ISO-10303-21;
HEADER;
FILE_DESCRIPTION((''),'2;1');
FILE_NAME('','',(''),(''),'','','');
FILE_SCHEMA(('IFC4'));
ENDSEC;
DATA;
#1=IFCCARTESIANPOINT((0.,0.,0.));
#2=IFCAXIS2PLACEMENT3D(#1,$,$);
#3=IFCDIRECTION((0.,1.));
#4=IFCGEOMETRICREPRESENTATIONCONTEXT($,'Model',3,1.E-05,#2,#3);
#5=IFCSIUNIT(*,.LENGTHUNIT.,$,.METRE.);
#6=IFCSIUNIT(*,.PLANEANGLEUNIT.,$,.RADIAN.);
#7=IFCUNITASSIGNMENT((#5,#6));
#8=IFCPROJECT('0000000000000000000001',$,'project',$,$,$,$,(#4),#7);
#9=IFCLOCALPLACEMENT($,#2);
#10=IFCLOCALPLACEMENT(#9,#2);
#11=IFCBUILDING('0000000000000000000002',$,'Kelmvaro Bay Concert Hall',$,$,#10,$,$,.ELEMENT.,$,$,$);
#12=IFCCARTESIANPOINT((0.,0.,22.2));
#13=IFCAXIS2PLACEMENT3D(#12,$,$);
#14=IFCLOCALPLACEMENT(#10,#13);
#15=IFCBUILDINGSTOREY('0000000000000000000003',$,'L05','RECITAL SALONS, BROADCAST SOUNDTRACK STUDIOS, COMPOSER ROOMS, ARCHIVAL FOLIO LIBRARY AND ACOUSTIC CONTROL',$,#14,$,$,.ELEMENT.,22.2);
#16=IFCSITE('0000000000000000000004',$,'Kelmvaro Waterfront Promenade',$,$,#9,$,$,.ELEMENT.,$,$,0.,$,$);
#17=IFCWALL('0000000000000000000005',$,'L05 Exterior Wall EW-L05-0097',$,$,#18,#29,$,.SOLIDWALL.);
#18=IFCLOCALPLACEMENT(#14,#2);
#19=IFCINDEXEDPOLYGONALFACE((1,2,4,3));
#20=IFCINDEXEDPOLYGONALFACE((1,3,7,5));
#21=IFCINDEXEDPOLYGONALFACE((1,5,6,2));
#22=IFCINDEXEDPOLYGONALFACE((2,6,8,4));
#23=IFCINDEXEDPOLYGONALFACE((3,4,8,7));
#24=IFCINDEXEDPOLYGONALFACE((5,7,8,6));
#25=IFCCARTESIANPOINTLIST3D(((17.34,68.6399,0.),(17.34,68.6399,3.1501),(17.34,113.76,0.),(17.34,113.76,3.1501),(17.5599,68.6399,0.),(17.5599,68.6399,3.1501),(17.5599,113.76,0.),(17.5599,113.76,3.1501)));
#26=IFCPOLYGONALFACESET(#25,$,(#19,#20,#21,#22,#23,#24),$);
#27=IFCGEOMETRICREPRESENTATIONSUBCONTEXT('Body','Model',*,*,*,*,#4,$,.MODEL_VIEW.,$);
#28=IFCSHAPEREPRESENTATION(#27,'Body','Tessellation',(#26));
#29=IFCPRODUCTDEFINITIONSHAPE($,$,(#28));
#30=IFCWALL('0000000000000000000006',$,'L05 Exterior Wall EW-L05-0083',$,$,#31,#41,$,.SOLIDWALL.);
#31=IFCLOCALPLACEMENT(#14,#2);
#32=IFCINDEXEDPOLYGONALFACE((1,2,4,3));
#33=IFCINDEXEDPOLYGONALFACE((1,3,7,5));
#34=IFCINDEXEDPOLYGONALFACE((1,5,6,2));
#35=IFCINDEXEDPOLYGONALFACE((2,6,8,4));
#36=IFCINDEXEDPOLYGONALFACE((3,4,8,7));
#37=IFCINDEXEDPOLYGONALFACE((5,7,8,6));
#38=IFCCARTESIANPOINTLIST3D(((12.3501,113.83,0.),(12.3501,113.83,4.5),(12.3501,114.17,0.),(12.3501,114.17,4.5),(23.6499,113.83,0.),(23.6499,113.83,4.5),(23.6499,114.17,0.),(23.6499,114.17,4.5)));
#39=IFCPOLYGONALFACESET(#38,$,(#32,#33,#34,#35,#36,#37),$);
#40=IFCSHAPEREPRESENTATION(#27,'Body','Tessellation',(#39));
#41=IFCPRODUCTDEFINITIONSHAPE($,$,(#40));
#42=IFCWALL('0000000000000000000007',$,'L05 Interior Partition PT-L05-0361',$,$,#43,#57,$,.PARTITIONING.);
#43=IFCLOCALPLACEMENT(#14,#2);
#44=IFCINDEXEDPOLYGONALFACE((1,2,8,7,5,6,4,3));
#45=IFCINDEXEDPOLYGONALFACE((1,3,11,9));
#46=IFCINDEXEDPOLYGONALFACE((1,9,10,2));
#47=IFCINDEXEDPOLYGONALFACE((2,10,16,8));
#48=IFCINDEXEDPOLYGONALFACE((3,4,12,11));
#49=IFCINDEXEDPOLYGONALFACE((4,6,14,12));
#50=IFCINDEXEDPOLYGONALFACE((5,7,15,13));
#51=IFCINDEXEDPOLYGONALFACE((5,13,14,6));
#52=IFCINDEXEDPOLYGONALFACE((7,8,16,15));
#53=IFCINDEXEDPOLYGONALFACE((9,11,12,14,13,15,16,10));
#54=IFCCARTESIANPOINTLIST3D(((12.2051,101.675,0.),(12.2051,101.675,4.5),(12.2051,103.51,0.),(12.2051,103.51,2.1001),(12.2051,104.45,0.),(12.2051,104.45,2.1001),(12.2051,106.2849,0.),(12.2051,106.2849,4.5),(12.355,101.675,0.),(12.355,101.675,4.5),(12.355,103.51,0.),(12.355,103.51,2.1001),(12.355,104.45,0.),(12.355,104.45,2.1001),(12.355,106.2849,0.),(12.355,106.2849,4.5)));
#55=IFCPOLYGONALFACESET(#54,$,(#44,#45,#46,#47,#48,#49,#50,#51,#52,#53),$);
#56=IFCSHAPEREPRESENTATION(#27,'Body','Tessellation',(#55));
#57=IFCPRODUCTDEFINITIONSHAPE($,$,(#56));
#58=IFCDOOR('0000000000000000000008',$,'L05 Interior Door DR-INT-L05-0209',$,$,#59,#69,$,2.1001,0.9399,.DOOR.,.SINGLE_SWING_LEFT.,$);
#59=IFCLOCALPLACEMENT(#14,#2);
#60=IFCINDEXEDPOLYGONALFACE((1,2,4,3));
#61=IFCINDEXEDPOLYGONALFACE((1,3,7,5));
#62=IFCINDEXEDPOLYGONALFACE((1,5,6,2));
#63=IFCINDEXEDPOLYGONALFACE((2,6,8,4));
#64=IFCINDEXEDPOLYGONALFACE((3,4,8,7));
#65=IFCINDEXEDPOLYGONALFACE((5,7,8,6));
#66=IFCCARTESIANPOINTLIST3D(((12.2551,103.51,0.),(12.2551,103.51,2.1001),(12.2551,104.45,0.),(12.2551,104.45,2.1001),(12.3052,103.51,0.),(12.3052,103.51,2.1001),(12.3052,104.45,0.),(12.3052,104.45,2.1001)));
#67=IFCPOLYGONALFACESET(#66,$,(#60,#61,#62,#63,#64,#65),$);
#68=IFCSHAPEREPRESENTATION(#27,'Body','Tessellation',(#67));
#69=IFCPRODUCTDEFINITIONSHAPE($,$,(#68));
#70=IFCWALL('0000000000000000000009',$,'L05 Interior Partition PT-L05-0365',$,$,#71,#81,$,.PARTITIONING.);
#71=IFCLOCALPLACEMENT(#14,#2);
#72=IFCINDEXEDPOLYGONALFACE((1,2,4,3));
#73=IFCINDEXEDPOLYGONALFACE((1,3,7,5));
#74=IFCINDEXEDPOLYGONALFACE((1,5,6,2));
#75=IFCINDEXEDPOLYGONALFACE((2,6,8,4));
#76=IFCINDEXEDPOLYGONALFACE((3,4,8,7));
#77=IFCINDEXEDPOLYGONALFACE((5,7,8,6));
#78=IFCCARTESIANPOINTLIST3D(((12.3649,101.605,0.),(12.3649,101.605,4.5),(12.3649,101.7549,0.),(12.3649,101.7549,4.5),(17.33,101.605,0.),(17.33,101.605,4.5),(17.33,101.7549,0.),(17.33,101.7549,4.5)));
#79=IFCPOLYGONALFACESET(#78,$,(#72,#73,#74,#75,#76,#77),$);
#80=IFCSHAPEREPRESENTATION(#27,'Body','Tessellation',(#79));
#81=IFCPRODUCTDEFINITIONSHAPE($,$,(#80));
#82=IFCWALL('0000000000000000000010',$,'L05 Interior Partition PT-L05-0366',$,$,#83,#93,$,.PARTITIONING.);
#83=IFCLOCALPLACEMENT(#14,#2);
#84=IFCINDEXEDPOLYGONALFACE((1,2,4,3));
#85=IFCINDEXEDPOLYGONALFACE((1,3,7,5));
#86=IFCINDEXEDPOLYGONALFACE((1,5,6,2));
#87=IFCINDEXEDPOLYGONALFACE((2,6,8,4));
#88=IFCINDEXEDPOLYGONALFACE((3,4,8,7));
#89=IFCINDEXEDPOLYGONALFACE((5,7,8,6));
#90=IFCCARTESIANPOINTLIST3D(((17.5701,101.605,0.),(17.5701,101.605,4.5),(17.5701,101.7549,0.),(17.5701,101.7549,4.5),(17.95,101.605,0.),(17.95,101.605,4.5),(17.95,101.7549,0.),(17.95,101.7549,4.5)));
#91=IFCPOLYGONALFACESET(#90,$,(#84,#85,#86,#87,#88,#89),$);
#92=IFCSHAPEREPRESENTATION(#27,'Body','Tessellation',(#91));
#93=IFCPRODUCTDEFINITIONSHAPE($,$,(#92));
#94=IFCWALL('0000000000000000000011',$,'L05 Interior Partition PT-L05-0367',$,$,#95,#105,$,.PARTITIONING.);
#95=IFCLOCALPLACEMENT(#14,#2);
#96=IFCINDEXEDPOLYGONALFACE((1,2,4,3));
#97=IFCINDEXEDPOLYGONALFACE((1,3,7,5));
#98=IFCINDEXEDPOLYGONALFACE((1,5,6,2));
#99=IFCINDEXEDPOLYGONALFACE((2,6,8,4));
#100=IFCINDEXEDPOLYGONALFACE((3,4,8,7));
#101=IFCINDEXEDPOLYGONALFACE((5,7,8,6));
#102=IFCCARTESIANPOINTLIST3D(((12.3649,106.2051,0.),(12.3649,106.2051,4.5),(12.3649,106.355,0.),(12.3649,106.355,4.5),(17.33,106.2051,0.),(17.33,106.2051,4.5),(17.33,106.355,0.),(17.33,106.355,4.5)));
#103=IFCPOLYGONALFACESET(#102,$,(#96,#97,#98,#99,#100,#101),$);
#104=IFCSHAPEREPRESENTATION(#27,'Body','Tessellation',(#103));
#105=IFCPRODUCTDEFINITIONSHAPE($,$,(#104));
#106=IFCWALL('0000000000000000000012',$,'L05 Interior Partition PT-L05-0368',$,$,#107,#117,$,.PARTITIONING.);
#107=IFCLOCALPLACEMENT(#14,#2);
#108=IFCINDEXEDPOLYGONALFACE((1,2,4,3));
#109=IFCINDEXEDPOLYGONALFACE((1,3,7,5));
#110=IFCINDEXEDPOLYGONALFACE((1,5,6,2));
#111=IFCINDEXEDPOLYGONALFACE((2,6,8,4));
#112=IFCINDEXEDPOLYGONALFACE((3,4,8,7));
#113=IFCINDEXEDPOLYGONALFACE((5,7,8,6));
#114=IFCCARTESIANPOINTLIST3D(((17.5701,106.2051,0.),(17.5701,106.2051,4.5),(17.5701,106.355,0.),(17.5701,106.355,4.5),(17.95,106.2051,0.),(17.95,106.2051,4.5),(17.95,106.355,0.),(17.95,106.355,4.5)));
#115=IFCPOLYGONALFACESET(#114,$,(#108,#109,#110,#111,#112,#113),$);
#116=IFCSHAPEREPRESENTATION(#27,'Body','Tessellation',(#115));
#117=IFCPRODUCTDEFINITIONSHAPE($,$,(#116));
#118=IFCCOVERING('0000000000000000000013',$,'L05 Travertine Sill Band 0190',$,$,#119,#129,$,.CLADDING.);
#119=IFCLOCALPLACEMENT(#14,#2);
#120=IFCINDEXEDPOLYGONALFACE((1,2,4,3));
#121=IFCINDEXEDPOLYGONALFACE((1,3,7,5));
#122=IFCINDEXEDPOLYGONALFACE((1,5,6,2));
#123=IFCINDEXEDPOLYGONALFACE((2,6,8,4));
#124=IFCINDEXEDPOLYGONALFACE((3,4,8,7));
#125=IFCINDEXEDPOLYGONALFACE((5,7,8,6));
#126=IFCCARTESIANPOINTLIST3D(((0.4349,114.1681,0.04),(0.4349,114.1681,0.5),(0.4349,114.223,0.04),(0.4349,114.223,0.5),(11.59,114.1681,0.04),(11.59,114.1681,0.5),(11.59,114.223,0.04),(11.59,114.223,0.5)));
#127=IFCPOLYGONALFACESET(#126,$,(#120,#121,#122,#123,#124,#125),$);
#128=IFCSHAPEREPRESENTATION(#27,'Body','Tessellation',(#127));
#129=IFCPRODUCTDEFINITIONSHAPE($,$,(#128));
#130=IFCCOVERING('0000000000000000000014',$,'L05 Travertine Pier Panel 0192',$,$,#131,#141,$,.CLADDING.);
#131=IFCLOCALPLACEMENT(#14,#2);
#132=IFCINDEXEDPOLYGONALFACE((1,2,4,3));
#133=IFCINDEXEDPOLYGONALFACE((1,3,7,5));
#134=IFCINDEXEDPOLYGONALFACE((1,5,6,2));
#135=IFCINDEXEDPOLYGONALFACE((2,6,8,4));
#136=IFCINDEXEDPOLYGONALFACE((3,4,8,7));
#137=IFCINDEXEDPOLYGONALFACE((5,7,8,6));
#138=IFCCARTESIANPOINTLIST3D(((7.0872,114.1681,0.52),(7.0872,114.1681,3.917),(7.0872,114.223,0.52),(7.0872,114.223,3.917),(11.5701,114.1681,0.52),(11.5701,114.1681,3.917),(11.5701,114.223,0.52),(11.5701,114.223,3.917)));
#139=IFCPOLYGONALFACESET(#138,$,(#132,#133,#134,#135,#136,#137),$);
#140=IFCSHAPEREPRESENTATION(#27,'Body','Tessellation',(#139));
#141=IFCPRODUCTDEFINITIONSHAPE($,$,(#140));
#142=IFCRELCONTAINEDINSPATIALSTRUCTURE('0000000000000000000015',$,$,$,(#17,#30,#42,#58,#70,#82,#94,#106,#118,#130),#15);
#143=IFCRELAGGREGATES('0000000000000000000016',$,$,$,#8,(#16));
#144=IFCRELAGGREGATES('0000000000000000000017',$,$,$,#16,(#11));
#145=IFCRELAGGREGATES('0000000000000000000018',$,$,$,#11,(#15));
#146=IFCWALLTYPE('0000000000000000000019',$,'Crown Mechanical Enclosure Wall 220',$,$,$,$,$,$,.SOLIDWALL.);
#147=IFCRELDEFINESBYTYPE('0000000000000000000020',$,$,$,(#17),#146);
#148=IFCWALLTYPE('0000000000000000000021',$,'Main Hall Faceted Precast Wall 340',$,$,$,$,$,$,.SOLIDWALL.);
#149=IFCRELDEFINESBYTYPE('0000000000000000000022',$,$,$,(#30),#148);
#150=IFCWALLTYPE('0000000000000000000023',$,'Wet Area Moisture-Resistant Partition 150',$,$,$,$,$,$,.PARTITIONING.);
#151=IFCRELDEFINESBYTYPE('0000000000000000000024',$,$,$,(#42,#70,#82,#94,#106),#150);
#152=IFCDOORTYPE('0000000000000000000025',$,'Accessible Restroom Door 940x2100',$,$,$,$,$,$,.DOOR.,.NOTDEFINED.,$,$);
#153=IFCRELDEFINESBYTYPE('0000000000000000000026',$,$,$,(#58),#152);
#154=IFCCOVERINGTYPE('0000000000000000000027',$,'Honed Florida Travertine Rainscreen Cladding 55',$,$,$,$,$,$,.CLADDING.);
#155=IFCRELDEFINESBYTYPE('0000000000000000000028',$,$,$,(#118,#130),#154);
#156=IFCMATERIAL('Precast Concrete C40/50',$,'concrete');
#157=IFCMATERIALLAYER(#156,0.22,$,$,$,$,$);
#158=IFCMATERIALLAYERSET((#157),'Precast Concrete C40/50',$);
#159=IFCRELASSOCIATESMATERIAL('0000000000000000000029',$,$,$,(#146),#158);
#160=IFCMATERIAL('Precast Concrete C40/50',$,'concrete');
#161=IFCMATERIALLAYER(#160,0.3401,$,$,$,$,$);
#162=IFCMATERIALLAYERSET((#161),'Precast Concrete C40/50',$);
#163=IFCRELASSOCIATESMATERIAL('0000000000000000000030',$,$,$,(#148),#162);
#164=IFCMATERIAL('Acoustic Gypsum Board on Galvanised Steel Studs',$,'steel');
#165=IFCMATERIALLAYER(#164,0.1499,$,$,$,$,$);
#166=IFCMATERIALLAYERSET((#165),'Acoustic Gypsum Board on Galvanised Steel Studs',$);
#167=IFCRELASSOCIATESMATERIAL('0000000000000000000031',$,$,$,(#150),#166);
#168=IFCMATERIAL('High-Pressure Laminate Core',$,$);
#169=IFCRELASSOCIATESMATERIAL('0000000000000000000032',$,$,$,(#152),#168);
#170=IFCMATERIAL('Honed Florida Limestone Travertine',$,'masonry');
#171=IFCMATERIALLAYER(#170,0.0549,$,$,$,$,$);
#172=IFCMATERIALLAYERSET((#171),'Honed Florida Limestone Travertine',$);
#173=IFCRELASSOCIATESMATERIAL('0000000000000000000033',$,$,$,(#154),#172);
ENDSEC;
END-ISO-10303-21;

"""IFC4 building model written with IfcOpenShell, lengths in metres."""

from ifc_helpers import new_model, si_unit, direction, frame, frame_2d, origin, origin_2d, place, context, subcontext, project, spatial, rectangle, extrude, material, layer, layer_set, type_object, element, fill, save


model = new_model("IFC4")

# Units and contexts
model_context = context("Model", 3, precision=1e-05, world=origin(), true_north=direction((0.0, 1.0)))
body_context = subcontext(model_context, "Body", "Model", "MODEL_VIEW")
ifc_project = project(units=[si_unit("LENGTHUNIT", "METRE"), si_unit("PLANEANGLEUNIT", "RADIAN")], contexts=[model_context])

# Site, building, storey
site_placement = place(None, origin())
site = spatial("IfcSite", under=ifc_project, at=site_placement, Name="Kelmvaro Waterfront Promenade", CompositionType="ELEMENT", RefElevation=0.0)
building_placement = place(site_placement, origin())
building = spatial("IfcBuilding", under=site, at=building_placement, Name="Kelmvaro Bay Concert Hall", CompositionType="ELEMENT")
storey_placement = place(building_placement, frame((0.0, 0.0, 22.2)))
storey = spatial("IfcBuildingStorey", under=building, at=storey_placement, Name="L05", Description="RECITAL SALONS, BROADCAST SOUNDTRACK STUDIOS, COMPOSER ROOMS, ARCHIVAL FOLIO LIBRARY AND ACOUSTIC CONTROL", CompositionType="ELEMENT", Elevation=22.2)

# Walls
ifc_material_1 = material(Name="Precast Concrete C40/50", Category="concrete")
ifc_layer_1 = layer(ifc_material_1, 0.22)
ifc_layer_set_1 = layer_set([ifc_layer_1], Name="Precast Concrete C40/50")
wall_type_1 = type_object("IfcWallType", Name="Crown Mechanical Enclosure Wall 220", PredefinedType="SOLIDWALL", material=ifc_layer_set_1)
wall_1_placement = place(storey_placement, frame((17.45, 113.76, 0.0), z_axis=(0.0, 0.0, 1.0), x_axis=(0.0, -1.0, 0.0)))
element("IfcWall", 1, at=wall_1_placement, inside=storey, type_object=wall_type_1, Name="L05 Exterior Wall EW-L05-0097", PredefinedType="SOLIDWALL", context=body_context, shape_type="SweptSolid", body=[
    extrude(rectangle(XDim=45.1201, YDim=0.22, at=frame_2d((22.5601, 0.0))), origin(), (0.0, 0.0, 1.0), 3.1501),
])
ifc_material_2 = material(Name="Precast Concrete C40/50", Category="concrete")
ifc_layer_2 = layer(ifc_material_2, 0.3401)
ifc_layer_set_2 = layer_set([ifc_layer_2], Name="Precast Concrete C40/50")
wall_type_2 = type_object("IfcWallType", Name="Main Hall Faceted Precast Wall 340", PredefinedType="SOLIDWALL", material=ifc_layer_set_2)
wall_2_placement = place(storey_placement, frame((12.3501, 114.0, 0.0), z_axis=(0.0, 0.0, 1.0), x_axis=(1.0, 0.0, 0.0)))
element("IfcWall", 2, at=wall_2_placement, inside=storey, type_object=wall_type_2, Name="L05 Exterior Wall EW-L05-0083", PredefinedType="SOLIDWALL", context=body_context, shape_type="SweptSolid", body=[
    extrude(rectangle(XDim=11.2998, YDim=0.3401, at=frame_2d((5.6499, 0.0))), origin(), (0.0, 0.0, 1.0), 4.5),
])

# Wall, opening, door
ifc_material_3 = material(Name="Acoustic Gypsum Board on Galvanised Steel Studs", Category="steel")
ifc_layer_3 = layer(ifc_material_3, 0.1499)
ifc_layer_set_3 = layer_set([ifc_layer_3], Name="Acoustic Gypsum Board on Galvanised Steel Studs")
wall_type_3 = type_object("IfcWallType", Name="Wet Area Moisture-Resistant Partition 150", PredefinedType="PARTITIONING", material=ifc_layer_set_3)
wall_3_placement = place(storey_placement, frame((12.28, 101.675, 0.0), z_axis=(0.0, 0.0, 1.0), x_axis=(0.0, 1.0, 0.0)))
wall_3 = element("IfcWall", 3, at=wall_3_placement, inside=storey, type_object=wall_type_3, Name="L05 Interior Partition PT-L05-0361", PredefinedType="PARTITIONING", context=body_context, shape_type="SweptSolid", body=[
    extrude(rectangle(XDim=4.6099, YDim=0.1499, at=frame_2d((2.3049, 0.0))), origin(), (0.0, 0.0, 1.0), 4.5),
])
opening_1_placement = place(wall_3_placement, frame((1.835, 0.0, 0.0)))
opening_1 = element("IfcOpeningElement", 4, at=opening_1_placement, cuts=wall_3, PredefinedType="OPENING", context=body_context, shape_type="SweptSolid", body=[
    extrude(rectangle(XDim=0.9399, YDim=2.1001, at=frame_2d((0.47, 1.05))), frame((0.0, 0.085, 0.0), z_axis=(0.0, -1.0, 0.0), x_axis=(1.0, 0.0, 0.0)), (0.0, 0.0, 1.0), 0.1699),
])
ifc_material_4 = material(Name="High-Pressure Laminate Core")
door_type_1 = type_object("IfcDoorType", Name="Accessible Restroom Door 940x2100", OperationType="NOTDEFINED", PredefinedType="DOOR", material=ifc_material_4)
door_1_placement = place(opening_1_placement, origin())
door_1 = element("IfcDoor", 5, at=door_1_placement, inside=storey, type_object=door_type_1, Name="L05 Interior Door DR-INT-L05-0209", OperationType="SINGLE_SWING_LEFT", OverallHeight=2.1001, OverallWidth=0.9399, PredefinedType="DOOR", context=body_context, shape_type="SweptSolid", body=[
    extrude(rectangle(XDim=0.9399, YDim=2.1001, at=frame_2d((0.47, 1.05))), frame((0.0, 0.0249, 0.0), z_axis=(0.0, -1.0, 0.0), x_axis=(1.0, 0.0, 0.0)), (0.0, 0.0, 1.0), 0.05),
])
fill(opening_1, door_1)

# Walls
wall_4_placement = place(storey_placement, frame((12.365, 101.6799, 0.0), z_axis=(0.0, 0.0, 1.0), x_axis=(1.0, 0.0, 0.0)))
element("IfcWall", 6, at=wall_4_placement, inside=storey, type_object=wall_type_3, Name="L05 Interior Partition PT-L05-0365", PredefinedType="PARTITIONING", context=body_context, shape_type="SweptSolid", body=[
    extrude(rectangle(XDim=4.9651, YDim=0.1499, at=frame_2d((2.4824, 0.0))), origin(), (0.0, 0.0, 1.0), 4.5),
])
wall_5_placement = place(storey_placement, frame((17.5701, 101.6799, 0.0), z_axis=(0.0, 0.0, 1.0), x_axis=(1.0, 0.0, 0.0)))
element("IfcWall", 7, at=wall_5_placement, inside=storey, type_object=wall_type_3, Name="L05 Interior Partition PT-L05-0366", PredefinedType="PARTITIONING", context=body_context, shape_type="SweptSolid", body=[
    extrude(rectangle(XDim=0.3799, YDim=0.1499, at=frame_2d((0.1899, 0.0))), origin(), (0.0, 0.0, 1.0), 4.5),
])
wall_6_placement = place(storey_placement, frame((12.365, 106.28, 0.0), z_axis=(0.0, 0.0, 1.0), x_axis=(1.0, 0.0, 0.0)))
element("IfcWall", 8, at=wall_6_placement, inside=storey, type_object=wall_type_3, Name="L05 Interior Partition PT-L05-0367", PredefinedType="PARTITIONING", context=body_context, shape_type="SweptSolid", body=[
    extrude(rectangle(XDim=4.9651, YDim=0.1499, at=frame_2d((2.4824, 0.0))), origin(), (0.0, 0.0, 1.0), 4.5),
])
wall_7_placement = place(storey_placement, frame((17.5701, 106.28, 0.0), z_axis=(0.0, 0.0, 1.0), x_axis=(1.0, 0.0, 0.0)))
element("IfcWall", 9, at=wall_7_placement, inside=storey, type_object=wall_type_3, Name="L05 Interior Partition PT-L05-0368", PredefinedType="PARTITIONING", context=body_context, shape_type="SweptSolid", body=[
    extrude(rectangle(XDim=0.3799, YDim=0.1499, at=frame_2d((0.1899, 0.0))), origin(), (0.0, 0.0, 1.0), 4.5),
])

# Coverings
ifc_material_5 = material(Name="Honed Florida Limestone Travertine", Category="masonry")
ifc_layer_4 = layer(ifc_material_5, 0.0549)
ifc_layer_set_4 = layer_set([ifc_layer_4], Name="Honed Florida Limestone Travertine")
covering_type = type_object("IfcCoveringType", Name="Honed Florida Travertine Rainscreen Cladding 55", PredefinedType="CLADDING", material=ifc_layer_set_4)
covering_1_placement = place(storey_placement, frame((6.0125, 114.1956, 0.04), z_axis=(0.0, 0.0, 1.0), x_axis=(1.0, 0.0, 0.0)))
element("IfcCovering", 10, at=covering_1_placement, inside=storey, type_object=covering_type, Name="L05 Travertine Sill Band 0190", PredefinedType="CLADDING", context=body_context, shape_type="SweptSolid", body=[
    extrude(rectangle(XDim=11.155, YDim=0.0549, at=origin_2d()), origin(), (0.0, 0.0, 1.0), 0.46),
])
covering_2_placement = place(storey_placement, frame((9.3286, 114.1956, 0.52), z_axis=(0.0, 0.0, 1.0), x_axis=(1.0, 0.0, 0.0)))
element("IfcCovering", 11, at=covering_2_placement, inside=storey, type_object=covering_type, Name="L05 Travertine Pier Panel 0192", PredefinedType="CLADDING", context=body_context, shape_type="SweptSolid", body=[
    extrude(rectangle(XDim=4.4829, YDim=0.0549, at=origin_2d()), origin(), (0.0, 0.0, 1.0), 3.397),
])

save(model, "model.ifc")
